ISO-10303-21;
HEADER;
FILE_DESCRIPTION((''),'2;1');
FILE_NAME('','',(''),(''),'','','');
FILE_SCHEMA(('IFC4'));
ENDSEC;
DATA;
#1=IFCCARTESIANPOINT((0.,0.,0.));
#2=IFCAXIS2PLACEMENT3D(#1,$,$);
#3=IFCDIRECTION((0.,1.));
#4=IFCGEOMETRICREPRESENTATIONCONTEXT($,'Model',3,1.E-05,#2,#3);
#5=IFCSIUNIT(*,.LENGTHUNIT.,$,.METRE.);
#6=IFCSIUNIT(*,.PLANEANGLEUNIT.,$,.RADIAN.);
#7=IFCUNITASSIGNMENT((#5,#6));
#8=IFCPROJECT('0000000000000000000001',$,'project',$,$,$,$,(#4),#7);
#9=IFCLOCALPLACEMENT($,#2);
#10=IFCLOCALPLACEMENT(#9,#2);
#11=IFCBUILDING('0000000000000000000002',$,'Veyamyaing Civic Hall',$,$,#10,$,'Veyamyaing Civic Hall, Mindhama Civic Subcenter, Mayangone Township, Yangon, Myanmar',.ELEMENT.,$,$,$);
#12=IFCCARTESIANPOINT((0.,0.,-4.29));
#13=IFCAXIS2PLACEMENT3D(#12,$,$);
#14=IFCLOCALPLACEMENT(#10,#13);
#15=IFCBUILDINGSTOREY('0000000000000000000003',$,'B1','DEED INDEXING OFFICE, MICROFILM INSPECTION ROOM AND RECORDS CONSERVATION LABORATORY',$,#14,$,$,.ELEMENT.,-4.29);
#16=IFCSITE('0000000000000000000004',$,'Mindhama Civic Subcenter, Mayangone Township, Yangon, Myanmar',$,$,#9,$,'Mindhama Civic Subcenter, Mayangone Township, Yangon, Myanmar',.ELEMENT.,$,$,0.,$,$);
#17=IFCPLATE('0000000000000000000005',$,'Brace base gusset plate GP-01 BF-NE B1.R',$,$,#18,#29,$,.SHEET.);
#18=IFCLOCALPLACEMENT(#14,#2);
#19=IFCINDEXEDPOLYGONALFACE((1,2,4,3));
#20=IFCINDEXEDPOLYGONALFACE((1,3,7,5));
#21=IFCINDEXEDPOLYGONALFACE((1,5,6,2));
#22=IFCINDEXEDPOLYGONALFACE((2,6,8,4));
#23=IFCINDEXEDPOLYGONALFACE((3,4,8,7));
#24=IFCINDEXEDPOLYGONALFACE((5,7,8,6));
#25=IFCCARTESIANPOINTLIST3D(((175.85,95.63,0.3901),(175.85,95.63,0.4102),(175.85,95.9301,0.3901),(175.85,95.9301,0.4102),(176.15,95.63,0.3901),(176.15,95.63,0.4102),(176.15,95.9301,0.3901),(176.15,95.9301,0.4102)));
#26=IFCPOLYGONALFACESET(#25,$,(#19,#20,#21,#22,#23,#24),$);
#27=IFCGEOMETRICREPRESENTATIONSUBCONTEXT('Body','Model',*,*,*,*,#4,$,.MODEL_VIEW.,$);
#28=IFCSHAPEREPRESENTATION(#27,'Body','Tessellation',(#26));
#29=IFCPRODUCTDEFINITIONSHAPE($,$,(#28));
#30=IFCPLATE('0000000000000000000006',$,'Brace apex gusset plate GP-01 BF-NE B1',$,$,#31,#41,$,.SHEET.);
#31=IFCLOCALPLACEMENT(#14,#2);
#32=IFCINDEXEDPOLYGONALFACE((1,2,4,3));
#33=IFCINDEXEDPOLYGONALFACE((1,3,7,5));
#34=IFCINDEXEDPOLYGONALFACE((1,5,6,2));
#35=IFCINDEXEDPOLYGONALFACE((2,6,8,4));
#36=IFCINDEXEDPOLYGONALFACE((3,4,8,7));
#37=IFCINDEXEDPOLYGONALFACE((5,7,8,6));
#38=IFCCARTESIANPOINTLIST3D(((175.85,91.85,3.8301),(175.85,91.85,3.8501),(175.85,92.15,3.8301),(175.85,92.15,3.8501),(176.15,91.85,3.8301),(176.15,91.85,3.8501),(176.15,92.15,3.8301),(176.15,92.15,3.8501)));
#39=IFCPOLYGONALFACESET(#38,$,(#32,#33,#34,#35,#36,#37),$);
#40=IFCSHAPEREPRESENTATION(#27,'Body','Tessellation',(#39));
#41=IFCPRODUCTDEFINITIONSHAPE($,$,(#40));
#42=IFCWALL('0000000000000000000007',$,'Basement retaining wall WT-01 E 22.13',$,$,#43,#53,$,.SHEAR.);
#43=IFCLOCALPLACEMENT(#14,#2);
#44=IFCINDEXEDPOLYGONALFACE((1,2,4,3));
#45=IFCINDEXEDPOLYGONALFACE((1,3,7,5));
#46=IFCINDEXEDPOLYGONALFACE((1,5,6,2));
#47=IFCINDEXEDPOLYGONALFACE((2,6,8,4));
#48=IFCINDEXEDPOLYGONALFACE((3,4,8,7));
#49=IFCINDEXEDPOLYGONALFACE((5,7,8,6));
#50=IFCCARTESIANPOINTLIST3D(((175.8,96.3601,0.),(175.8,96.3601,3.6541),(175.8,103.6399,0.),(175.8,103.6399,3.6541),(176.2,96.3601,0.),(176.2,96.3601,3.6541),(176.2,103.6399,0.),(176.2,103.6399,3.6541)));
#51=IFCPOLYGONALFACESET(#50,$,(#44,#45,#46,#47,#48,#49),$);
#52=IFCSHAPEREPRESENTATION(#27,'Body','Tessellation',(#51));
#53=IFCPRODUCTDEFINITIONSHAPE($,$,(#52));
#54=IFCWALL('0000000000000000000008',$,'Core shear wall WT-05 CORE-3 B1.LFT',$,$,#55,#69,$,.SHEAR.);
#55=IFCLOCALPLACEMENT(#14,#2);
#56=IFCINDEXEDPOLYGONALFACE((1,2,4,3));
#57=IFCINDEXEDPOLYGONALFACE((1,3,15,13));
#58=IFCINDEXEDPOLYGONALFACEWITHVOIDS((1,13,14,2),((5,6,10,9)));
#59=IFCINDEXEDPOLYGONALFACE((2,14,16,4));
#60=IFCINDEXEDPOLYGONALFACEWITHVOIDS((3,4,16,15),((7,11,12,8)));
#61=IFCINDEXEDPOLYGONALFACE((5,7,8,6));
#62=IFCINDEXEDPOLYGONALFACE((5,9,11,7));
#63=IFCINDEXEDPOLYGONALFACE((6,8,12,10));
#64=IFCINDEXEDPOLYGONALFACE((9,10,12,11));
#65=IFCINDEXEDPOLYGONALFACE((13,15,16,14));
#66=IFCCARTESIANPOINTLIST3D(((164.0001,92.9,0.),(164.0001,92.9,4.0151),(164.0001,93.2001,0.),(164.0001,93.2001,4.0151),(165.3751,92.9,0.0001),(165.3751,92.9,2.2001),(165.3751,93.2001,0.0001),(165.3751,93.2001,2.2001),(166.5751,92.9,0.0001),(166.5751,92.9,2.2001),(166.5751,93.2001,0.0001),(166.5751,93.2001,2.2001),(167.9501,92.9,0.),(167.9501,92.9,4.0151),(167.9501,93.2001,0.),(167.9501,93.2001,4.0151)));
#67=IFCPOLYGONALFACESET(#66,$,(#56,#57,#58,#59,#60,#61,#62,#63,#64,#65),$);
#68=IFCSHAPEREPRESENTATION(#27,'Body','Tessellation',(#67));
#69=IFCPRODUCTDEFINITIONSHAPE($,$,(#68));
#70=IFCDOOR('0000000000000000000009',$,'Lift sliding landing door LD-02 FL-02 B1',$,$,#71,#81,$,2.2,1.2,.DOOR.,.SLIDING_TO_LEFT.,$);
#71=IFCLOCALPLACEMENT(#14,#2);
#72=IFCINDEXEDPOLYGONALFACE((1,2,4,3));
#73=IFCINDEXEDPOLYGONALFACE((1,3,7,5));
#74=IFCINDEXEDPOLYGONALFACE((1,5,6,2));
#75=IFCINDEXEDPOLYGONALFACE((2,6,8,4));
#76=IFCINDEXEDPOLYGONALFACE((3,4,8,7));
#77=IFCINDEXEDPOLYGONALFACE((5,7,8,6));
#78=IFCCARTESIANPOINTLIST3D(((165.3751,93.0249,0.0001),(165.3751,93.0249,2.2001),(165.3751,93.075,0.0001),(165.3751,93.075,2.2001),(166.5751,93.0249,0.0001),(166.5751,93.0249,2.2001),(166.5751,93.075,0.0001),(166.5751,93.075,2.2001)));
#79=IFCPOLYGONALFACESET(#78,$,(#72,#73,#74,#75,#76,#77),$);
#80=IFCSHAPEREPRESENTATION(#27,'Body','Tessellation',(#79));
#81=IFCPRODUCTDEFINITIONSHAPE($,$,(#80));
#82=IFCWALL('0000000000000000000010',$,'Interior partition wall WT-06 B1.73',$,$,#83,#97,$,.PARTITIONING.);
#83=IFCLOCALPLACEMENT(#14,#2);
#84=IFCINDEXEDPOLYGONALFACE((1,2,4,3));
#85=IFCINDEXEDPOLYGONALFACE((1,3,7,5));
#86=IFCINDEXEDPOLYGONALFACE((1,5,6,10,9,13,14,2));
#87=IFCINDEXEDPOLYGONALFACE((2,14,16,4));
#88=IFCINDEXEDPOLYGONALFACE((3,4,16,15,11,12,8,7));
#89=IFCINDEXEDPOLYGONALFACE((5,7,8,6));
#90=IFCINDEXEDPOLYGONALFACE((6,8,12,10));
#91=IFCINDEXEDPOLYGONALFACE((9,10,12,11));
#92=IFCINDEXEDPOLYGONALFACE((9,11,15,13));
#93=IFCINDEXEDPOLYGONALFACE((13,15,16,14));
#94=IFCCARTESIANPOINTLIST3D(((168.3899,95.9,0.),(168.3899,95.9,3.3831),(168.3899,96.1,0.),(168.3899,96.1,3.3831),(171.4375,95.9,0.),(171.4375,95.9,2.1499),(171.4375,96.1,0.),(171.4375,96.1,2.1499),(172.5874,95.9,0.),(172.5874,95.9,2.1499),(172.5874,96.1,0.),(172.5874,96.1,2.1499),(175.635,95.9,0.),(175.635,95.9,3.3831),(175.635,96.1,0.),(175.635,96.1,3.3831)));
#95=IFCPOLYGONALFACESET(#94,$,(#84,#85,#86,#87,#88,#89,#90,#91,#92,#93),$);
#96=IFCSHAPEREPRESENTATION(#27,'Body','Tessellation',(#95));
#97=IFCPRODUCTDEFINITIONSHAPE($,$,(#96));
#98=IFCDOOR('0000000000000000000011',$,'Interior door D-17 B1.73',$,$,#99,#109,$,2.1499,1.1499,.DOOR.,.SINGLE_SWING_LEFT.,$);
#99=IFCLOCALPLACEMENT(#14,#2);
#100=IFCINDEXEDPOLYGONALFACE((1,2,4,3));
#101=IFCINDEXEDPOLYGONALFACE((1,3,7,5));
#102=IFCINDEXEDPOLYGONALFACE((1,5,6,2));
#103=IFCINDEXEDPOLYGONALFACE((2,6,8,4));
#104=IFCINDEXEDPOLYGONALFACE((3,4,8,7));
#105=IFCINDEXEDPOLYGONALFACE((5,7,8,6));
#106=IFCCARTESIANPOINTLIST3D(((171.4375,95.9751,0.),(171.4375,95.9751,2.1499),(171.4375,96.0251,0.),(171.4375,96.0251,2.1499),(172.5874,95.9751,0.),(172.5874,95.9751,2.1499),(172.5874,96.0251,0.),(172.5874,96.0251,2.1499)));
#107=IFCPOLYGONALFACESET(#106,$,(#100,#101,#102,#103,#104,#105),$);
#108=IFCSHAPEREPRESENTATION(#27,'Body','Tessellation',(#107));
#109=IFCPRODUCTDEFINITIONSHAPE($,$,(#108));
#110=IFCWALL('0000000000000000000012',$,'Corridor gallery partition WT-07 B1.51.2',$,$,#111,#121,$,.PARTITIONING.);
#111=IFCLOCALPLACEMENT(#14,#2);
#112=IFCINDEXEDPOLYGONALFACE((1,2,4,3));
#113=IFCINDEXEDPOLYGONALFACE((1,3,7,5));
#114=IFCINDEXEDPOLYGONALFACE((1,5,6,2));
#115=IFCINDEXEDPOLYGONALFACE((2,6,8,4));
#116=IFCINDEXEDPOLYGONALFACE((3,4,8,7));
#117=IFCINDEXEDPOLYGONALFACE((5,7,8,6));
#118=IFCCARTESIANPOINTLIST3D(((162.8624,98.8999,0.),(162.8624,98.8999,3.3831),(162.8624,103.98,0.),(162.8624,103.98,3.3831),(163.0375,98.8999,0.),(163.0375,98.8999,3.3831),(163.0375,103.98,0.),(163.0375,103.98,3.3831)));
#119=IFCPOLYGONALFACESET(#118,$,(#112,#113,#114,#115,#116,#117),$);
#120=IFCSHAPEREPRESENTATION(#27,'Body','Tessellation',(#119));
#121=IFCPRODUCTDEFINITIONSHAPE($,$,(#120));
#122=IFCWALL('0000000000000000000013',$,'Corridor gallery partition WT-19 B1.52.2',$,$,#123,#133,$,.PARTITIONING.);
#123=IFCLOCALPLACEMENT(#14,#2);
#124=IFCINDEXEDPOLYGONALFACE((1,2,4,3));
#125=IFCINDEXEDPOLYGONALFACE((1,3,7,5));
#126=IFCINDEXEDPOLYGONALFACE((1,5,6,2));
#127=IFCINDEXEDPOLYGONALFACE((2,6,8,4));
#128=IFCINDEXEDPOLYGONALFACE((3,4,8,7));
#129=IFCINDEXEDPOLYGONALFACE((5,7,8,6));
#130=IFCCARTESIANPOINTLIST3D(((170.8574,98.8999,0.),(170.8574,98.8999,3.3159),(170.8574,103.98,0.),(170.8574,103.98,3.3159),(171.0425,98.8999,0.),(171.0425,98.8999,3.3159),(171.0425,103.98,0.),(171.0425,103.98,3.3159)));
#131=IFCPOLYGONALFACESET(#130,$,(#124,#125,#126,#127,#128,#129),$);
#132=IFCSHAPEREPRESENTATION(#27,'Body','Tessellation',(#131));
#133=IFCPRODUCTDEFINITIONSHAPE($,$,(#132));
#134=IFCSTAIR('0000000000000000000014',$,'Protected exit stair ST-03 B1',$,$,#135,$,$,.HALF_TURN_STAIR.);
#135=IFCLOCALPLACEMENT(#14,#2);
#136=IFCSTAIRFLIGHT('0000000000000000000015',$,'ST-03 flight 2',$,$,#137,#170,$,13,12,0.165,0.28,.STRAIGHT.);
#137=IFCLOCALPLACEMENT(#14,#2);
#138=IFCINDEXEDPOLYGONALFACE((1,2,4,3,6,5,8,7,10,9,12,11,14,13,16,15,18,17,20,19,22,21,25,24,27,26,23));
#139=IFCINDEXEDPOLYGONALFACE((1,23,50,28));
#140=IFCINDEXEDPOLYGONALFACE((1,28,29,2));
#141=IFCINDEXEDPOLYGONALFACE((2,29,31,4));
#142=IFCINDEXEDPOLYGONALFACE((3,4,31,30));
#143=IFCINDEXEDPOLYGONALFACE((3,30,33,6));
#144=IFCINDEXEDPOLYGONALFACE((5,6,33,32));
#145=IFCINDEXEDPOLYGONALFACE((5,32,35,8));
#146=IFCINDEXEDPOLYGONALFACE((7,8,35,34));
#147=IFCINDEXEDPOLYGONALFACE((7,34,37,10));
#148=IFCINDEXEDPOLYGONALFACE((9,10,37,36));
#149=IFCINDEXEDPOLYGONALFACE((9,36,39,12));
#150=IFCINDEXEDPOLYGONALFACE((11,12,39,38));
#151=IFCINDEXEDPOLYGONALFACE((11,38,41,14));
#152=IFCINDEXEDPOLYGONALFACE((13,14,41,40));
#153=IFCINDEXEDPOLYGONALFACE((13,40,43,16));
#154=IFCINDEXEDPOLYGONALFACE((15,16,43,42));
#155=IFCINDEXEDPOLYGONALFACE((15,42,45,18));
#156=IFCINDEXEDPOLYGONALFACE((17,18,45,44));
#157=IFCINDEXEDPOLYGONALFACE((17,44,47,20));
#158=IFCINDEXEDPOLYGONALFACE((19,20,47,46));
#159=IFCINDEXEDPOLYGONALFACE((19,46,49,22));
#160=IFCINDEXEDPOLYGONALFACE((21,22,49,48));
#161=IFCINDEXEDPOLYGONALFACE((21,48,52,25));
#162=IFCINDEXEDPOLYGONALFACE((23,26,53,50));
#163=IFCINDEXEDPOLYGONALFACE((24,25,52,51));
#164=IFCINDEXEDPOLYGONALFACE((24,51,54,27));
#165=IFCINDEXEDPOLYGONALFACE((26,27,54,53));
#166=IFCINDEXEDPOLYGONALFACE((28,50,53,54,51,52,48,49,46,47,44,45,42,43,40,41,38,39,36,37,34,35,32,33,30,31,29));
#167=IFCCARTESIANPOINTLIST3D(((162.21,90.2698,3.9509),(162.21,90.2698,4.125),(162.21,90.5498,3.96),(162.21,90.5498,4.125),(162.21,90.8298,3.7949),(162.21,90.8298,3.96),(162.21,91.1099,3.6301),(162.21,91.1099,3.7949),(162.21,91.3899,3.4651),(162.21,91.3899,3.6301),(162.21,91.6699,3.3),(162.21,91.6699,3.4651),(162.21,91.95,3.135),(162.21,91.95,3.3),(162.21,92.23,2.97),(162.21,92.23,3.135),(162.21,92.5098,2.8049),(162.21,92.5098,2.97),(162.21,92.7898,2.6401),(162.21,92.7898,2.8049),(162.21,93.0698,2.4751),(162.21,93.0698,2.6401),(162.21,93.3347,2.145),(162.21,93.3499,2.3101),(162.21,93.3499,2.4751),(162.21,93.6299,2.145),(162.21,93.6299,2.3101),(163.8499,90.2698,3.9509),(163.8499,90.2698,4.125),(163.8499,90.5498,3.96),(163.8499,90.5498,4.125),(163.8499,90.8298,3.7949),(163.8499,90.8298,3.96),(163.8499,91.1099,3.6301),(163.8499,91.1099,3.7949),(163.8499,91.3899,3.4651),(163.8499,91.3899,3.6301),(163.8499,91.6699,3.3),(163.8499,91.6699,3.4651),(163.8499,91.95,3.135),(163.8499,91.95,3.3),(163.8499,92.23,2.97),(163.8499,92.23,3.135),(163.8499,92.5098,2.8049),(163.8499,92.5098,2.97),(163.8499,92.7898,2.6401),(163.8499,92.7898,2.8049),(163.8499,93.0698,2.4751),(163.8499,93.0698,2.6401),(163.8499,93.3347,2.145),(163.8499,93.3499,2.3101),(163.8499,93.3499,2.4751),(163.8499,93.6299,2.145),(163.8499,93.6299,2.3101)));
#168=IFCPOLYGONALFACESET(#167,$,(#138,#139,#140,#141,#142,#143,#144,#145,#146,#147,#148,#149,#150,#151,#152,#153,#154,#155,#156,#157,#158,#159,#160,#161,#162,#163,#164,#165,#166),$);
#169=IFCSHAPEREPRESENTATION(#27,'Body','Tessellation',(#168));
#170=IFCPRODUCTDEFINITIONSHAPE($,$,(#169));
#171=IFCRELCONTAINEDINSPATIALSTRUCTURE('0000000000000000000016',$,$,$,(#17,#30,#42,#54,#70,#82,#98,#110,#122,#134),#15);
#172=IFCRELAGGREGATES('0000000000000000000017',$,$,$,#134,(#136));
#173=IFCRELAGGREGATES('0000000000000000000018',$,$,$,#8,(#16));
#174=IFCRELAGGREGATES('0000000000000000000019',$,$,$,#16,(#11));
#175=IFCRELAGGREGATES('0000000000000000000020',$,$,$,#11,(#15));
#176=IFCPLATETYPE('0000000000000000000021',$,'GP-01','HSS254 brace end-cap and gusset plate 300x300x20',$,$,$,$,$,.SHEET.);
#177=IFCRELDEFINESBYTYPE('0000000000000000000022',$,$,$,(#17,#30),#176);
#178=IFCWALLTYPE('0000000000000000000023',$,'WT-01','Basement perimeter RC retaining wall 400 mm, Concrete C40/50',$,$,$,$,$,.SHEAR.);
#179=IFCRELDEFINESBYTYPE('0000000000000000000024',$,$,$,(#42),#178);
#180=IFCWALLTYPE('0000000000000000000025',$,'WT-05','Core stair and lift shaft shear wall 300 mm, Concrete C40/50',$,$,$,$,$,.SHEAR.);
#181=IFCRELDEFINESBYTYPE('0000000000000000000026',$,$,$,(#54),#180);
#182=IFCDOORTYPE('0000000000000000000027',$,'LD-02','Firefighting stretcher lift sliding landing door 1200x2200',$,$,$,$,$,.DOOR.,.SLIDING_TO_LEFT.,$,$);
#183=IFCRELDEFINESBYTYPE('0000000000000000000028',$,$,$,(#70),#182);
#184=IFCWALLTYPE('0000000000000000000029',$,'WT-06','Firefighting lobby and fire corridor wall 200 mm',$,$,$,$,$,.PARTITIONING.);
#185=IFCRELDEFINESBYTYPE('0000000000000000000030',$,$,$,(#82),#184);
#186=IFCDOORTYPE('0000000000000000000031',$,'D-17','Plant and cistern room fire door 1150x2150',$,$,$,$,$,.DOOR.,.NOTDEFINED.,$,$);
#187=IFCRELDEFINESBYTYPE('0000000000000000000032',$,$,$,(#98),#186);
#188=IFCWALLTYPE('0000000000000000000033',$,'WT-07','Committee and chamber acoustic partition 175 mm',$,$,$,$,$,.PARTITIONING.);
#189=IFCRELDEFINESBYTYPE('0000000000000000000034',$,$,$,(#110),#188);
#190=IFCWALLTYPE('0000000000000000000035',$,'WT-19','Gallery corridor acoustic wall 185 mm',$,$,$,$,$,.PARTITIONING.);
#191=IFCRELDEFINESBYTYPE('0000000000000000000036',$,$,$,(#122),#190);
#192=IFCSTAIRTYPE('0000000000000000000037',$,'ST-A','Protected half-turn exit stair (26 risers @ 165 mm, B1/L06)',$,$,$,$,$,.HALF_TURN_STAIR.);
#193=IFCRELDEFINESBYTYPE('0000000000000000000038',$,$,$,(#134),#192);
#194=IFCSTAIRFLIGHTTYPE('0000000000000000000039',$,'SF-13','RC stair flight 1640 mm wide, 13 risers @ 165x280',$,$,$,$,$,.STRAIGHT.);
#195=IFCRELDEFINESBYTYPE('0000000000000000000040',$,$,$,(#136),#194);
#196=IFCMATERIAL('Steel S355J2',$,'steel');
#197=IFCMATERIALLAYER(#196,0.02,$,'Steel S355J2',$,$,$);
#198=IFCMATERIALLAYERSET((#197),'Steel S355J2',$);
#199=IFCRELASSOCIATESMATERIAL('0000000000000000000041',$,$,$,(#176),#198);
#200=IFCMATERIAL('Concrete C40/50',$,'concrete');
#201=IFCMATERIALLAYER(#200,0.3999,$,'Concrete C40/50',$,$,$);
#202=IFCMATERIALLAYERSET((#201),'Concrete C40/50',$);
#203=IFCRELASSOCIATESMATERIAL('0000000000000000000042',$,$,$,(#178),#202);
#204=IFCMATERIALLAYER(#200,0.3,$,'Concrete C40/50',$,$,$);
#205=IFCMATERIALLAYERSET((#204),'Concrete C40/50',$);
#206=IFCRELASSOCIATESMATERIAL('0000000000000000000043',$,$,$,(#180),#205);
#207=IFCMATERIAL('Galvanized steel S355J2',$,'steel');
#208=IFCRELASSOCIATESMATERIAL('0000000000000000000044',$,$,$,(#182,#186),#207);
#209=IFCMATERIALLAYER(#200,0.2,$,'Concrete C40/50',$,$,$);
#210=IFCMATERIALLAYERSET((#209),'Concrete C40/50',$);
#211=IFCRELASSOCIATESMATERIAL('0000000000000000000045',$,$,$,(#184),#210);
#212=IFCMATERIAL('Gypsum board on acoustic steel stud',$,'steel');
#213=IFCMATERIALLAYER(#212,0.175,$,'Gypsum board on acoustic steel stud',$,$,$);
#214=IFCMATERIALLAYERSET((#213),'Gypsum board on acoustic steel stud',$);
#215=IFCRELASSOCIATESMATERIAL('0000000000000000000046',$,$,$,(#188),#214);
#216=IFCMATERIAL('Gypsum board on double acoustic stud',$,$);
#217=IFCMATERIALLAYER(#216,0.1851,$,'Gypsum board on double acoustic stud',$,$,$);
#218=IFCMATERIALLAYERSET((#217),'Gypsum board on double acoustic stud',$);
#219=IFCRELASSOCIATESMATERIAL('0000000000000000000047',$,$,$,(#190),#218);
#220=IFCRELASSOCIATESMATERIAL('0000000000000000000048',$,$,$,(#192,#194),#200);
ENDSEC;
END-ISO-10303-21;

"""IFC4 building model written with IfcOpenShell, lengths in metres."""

from ifc_helpers import new_model, si_unit, direction, frame, frame_2d, origin, origin_2d, place, context, subcontext, project, spatial, polyline, rectangle, outline, extrude, material, layer, layer_set, type_object, element, fill, aggregate, save


model = new_model("IFC4")

# Units and contexts
model_context = context("Model", 3, precision=1e-05, world=origin(), true_north=direction((0.0, 1.0)))
body_context = subcontext(model_context, "Body", "Model", "MODEL_VIEW")
ifc_project = project(units=[si_unit("LENGTHUNIT", "METRE"), si_unit("PLANEANGLEUNIT", "RADIAN")], contexts=[model_context])

# Site, building, storey
site_placement = place(None, origin())
site = spatial("IfcSite", under=ifc_project, at=site_placement, Name="Mindhama Civic Subcenter, Mayangone Township, Yangon, Myanmar", LongName="Mindhama Civic Subcenter, Mayangone Township, Yangon, Myanmar", CompositionType="ELEMENT", RefElevation=0.0)
building_placement = place(site_placement, origin())
building = spatial("IfcBuilding", under=site, at=building_placement, Name="Veyamyaing Civic Hall", LongName="Veyamyaing Civic Hall, Mindhama Civic Subcenter, Mayangone Township, Yangon, Myanmar", CompositionType="ELEMENT")
storey_placement = place(building_placement, frame((0.0, 0.0, -4.29)))
storey = spatial("IfcBuildingStorey", under=building, at=storey_placement, Name="B1", Description="DEED INDEXING OFFICE, MICROFILM INSPECTION ROOM AND RECORDS CONSERVATION LABORATORY", CompositionType="ELEMENT", Elevation=-4.29)

# Shared definitions
ifc_material_1 = material(Name="Concrete C40/50", Category="concrete")

# Shared definitions
ifc_material_2 = material(Name="Steel S355J2", Category="steel")

# Plates
ifc_layer_1 = layer(ifc_material_2, 0.02, Name="Steel S355J2")
ifc_layer_set_1 = layer_set([ifc_layer_1], Name="Steel S355J2")
plate_type = type_object("IfcPlateType", Name="GP-01", Description="HSS254 brace end-cap and gusset plate 300x300x20", PredefinedType="SHEET", material=ifc_layer_set_1)
for number, where, z_axis, x_axis, name in (
    (1, (176.0, 95.78, 0.3901), (0.0, 0.0, 1.0), (1.0, 0.0, 0.0), "Brace base gusset plate GP-01 BF-NE B1.R"),
    (2, (176.0, 92.0, 3.8301), (0.0, 0.0, 1.0), (1.0, 0.0, 0.0), "Brace apex gusset plate GP-01 BF-NE B1"),
):
    element("IfcPlate", number, at=place(storey_placement, frame(where, z_axis=z_axis, x_axis=x_axis)), inside=storey, type_object=plate_type, Name=name, PredefinedType="SHEET", context=body_context, shape_type="SweptSolid", body=[
        extrude(rectangle(XDim=0.3, YDim=0.3, at=origin_2d()), origin(), (0.0, 0.0, 1.0), 0.02),
    ])

# Wall
ifc_layer_2 = layer(ifc_material_1, 0.3999, Name="Concrete C40/50")
ifc_layer_set_2 = layer_set([ifc_layer_2], Name="Concrete C40/50")
wall_type_1 = type_object("IfcWallType", Name="WT-01", Description="Basement perimeter RC retaining wall 400 mm, Concrete C40/50", PredefinedType="SHEAR", material=ifc_layer_set_2)
wall_1_placement = place(storey_placement, frame((176.0, 96.3601, 0.0), z_axis=(0.0, 0.0, 1.0), x_axis=(0.0, 1.0, 0.0)))
element("IfcWall", 3, at=wall_1_placement, inside=storey, type_object=wall_type_1, Name="Basement retaining wall WT-01 E 22.13", PredefinedType="SHEAR", context=body_context, shape_type="SweptSolid", body=[
    extrude(rectangle(XDim=7.2798, YDim=0.3999, at=frame_2d((3.6399, 0.0))), origin(), (0.0, 0.0, 1.0), 3.6541),
])

# Walls, openings, doors
ifc_layer_3 = layer(ifc_material_1, 0.3, Name="Concrete C40/50")
ifc_layer_set_3 = layer_set([ifc_layer_3], Name="Concrete C40/50")
wall_type_2 = type_object("IfcWallType", Name="WT-05", Description="Core stair and lift shaft shear wall 300 mm, Concrete C40/50", PredefinedType="SHEAR", material=ifc_layer_set_3)
wall_2_placement = place(storey_placement, frame((164.0, 93.05, 0.0), z_axis=(0.0, 0.0, 1.0), x_axis=(1.0, 0.0, 0.0)))
wall_2 = element("IfcWall", 4, at=wall_2_placement, inside=storey, type_object=wall_type_2, Name="Core shear wall WT-05 CORE-3 B1.LFT", PredefinedType="SHEAR", context=body_context, shape_type="SweptSolid", body=[
    extrude(rectangle(XDim=3.95, YDim=0.3, at=frame_2d((1.9751, 0.0))), origin(), (0.0, 0.0, 1.0), 4.0151),
])
opening_1_placement = place(wall_2_placement, frame((1.375, 0.0, 0.0)))
opening_1 = element("IfcOpeningElement", 5, at=opening_1_placement, cuts=wall_2, PredefinedType="OPENING", context=body_context, shape_type="SweptSolid", body=[
    extrude(rectangle(XDim=1.2, YDim=2.2, at=frame_2d((0.6001, 1.1001))), frame((0.0, 0.1599, 0.0), z_axis=(0.0, -1.0, 0.0), x_axis=(1.0, 0.0, 0.0)), (0.0, 0.0, 1.0), 0.3201),
])
ifc_material_3 = material(Name="Galvanized steel S355J2", Category="steel")
door_type_1 = type_object("IfcDoorType", Name="LD-02", Description="Firefighting stretcher lift sliding landing door 1200x2200", OperationType="SLIDING_TO_LEFT", PredefinedType="DOOR", material=ifc_material_3)
door_1_placement = place(opening_1_placement, origin())
door_1 = element("IfcDoor", 6, at=door_1_placement, inside=storey, type_object=door_type_1, Name="Lift sliding landing door LD-02 FL-02 B1", OperationType="SLIDING_TO_LEFT", OverallHeight=2.2, OverallWidth=1.2, PredefinedType="DOOR", context=body_context, shape_type="SweptSolid", body=[
    extrude(rectangle(XDim=1.2, YDim=2.2, at=frame_2d((0.6001, 1.1001))), frame((0.0, 0.0249, 0.0), z_axis=(0.0, -1.0, 0.0), x_axis=(1.0, 0.0, 0.0)), (0.0, 0.0, 1.0), 0.05),
])
fill(opening_1, door_1)
ifc_layer_4 = layer(ifc_material_1, 0.2, Name="Concrete C40/50")
ifc_layer_set_4 = layer_set([ifc_layer_4], Name="Concrete C40/50")
wall_type_3 = type_object("IfcWallType", Name="WT-06", Description="Firefighting lobby and fire corridor wall 200 mm", PredefinedType="PARTITIONING", material=ifc_layer_set_4)
wall_3_placement = place(storey_placement, frame((168.3899, 96.0, 0.0), z_axis=(0.0, 0.0, 1.0), x_axis=(1.0, 0.0, 0.0)))
wall_3 = element("IfcWall", 7, at=wall_3_placement, inside=storey, type_object=wall_type_3, Name="Interior partition wall WT-06 B1.73", PredefinedType="PARTITIONING", context=body_context, shape_type="SweptSolid", body=[
    extrude(rectangle(XDim=7.2451, YDim=0.2, at=frame_2d((3.6226, 0.0))), origin(), (0.0, 0.0, 1.0), 3.3831),
])
opening_2_placement = place(wall_3_placement, frame((3.0476, 0.0, 0.0)))
opening_2 = element("IfcOpeningElement", 8, at=opening_2_placement, cuts=wall_3, PredefinedType="OPENING", context=body_context, shape_type="SweptSolid", body=[
    extrude(rectangle(XDim=1.1499, YDim=2.1499, at=frame_2d((0.575, 1.075))), frame((0.0, 0.1099, 0.0), z_axis=(0.0, -1.0, 0.0), x_axis=(1.0, 0.0, 0.0)), (0.0, 0.0, 1.0), 0.22),
])
door_type_2 = type_object("IfcDoorType", Name="D-17", Description="Plant and cistern room fire door 1150x2150", OperationType="NOTDEFINED", PredefinedType="DOOR", material=ifc_material_3)
door_2_placement = place(opening_2_placement, frame((1.1499, 0.0, 0.0), z_axis=(0.0, 0.0, 1.0), x_axis=(-1.0, 0.0, 0.0)))
door_2 = element("IfcDoor", 9, at=door_2_placement, inside=storey, type_object=door_type_2, Name="Interior door D-17 B1.73", OperationType="SINGLE_SWING_LEFT", OverallHeight=2.1499, OverallWidth=1.1499, PredefinedType="DOOR", context=body_context, shape_type="SweptSolid", body=[
    extrude(rectangle(XDim=1.1499, YDim=2.1499, at=frame_2d((0.575, 1.075))), frame((0.0, 0.0249, 0.0), z_axis=(0.0, -1.0, 0.0), x_axis=(1.0, 0.0, 0.0)), (0.0, 0.0, 1.0), 0.05),
])
fill(opening_2, door_2)
ifc_material_4 = material(Name="Gypsum board on acoustic steel stud", Category="steel")
ifc_layer_5 = layer(ifc_material_4, 0.175, Name="Gypsum board on acoustic steel stud")
ifc_layer_set_5 = layer_set([ifc_layer_5], Name="Gypsum board on acoustic steel stud")
wall_type_4 = type_object("IfcWallType", Name="WT-07", Description="Committee and chamber acoustic partition 175 mm", PredefinedType="PARTITIONING", material=ifc_layer_set_5)

# Walls
wall_4_placement = place(storey_placement, frame((162.95, 98.8999, 0.0), z_axis=(0.0, 0.0, 1.0), x_axis=(0.0, 1.0, 0.0)))
element("IfcWall", 10, at=wall_4_placement, inside=storey, type_object=wall_type_4, Name="Corridor gallery partition WT-07 B1.51.2", PredefinedType="PARTITIONING", context=body_context, shape_type="SweptSolid", body=[
    extrude(rectangle(XDim=5.0801, YDim=0.175, at=frame_2d((2.54, 0.0))), origin(), (0.0, 0.0, 1.0), 3.3831),
])
ifc_material_5 = material(Name="Gypsum board on double acoustic stud")
ifc_layer_6 = layer(ifc_material_5, 0.1851, Name="Gypsum board on double acoustic stud")
ifc_layer_set_6 = layer_set([ifc_layer_6], Name="Gypsum board on double acoustic stud")
wall_type_5 = type_object("IfcWallType", Name="WT-19", Description="Gallery corridor acoustic wall 185 mm", PredefinedType="PARTITIONING", material=ifc_layer_set_6)
wall_5_placement = place(storey_placement, frame((170.95, 98.8999, 0.0), z_axis=(0.0, 0.0, 1.0), x_axis=(0.0, 1.0, 0.0)))
element("IfcWall", 11, at=wall_5_placement, inside=storey, type_object=wall_type_5, Name="Corridor gallery partition WT-19 B1.52.2", PredefinedType="PARTITIONING", context=body_context, shape_type="SweptSolid", body=[
    extrude(rectangle(XDim=5.0801, YDim=0.1851, at=frame_2d((2.54, 0.0))), origin(), (0.0, 0.0, 1.0), 3.3159),
])

# Stair, stair flight
stair_type = type_object("IfcStairType", Name="ST-A", Description="Protected half-turn exit stair (26 risers @ 165 mm, B1/L06)", PredefinedType="HALF_TURN_STAIR", material=ifc_material_1)
stair_placement = place(storey_placement, origin())
stair = element("IfcStair", 12, at=stair_placement, inside=storey, type_object=stair_type, Name="Protected exit stair ST-03 B1", PredefinedType="HALF_TURN_STAIR")
stair_flight_type = type_object("IfcStairFlightType", Name="SF-13", Description="RC stair flight 1640 mm wide, 13 risers @ 165x280", PredefinedType="STRAIGHT", material=ifc_material_1)
stair_flight_placement = place(storey_placement, frame((163.03, 93.6299, 2.145), z_axis=(0.0, 0.0, 1.0), x_axis=(0.0, -1.0, 0.0)))
stair_flight = element("IfcStairFlight", 13, at=stair_flight_placement, type_object=stair_flight_type, Name="ST-03 flight 2", NumberOfRisers=13, NumberOfTreads=12, PredefinedType="STRAIGHT", RiserHeight=0.165, TreadLength=0.28, context=body_context, shape_type="SweptSolid", body=[
    extrude(outline(polyline([(0.0, 0.0), (0.0, 0.165), (0.28, 0.165), (0.28, 0.3301), (0.5601, 0.3301), (0.5601, 0.4951), (0.8401, 0.4951), (0.8401, 0.6599), (1.1201, 0.6599), (1.1201, 0.825), (1.3999, 0.825), (1.3999, 0.99), (1.6799, 0.99), (1.6799, 1.155), (1.96, 1.155), (1.96, 1.3201), (2.24, 1.3201), (2.24, 1.4851), (2.52, 1.4851), (2.52, 1.6499), (2.8, 1.6499), (2.8, 1.8149), (3.0801, 1.8149), (3.0801, 1.98), (3.3601, 1.98), (3.3601, 2.145), (3.3601, 1.8059), (0.2952, 0.0), (0.0, 0.0)])), frame((0.0, 0.8198, 0.0), z_axis=(0.0, -1.0, 0.0), x_axis=(1.0, 0.0, 0.0)), (0.0, 0.0, 1.0), 1.6399),
])
aggregate(stair, [stair_flight])

save(model, "model.ifc")
